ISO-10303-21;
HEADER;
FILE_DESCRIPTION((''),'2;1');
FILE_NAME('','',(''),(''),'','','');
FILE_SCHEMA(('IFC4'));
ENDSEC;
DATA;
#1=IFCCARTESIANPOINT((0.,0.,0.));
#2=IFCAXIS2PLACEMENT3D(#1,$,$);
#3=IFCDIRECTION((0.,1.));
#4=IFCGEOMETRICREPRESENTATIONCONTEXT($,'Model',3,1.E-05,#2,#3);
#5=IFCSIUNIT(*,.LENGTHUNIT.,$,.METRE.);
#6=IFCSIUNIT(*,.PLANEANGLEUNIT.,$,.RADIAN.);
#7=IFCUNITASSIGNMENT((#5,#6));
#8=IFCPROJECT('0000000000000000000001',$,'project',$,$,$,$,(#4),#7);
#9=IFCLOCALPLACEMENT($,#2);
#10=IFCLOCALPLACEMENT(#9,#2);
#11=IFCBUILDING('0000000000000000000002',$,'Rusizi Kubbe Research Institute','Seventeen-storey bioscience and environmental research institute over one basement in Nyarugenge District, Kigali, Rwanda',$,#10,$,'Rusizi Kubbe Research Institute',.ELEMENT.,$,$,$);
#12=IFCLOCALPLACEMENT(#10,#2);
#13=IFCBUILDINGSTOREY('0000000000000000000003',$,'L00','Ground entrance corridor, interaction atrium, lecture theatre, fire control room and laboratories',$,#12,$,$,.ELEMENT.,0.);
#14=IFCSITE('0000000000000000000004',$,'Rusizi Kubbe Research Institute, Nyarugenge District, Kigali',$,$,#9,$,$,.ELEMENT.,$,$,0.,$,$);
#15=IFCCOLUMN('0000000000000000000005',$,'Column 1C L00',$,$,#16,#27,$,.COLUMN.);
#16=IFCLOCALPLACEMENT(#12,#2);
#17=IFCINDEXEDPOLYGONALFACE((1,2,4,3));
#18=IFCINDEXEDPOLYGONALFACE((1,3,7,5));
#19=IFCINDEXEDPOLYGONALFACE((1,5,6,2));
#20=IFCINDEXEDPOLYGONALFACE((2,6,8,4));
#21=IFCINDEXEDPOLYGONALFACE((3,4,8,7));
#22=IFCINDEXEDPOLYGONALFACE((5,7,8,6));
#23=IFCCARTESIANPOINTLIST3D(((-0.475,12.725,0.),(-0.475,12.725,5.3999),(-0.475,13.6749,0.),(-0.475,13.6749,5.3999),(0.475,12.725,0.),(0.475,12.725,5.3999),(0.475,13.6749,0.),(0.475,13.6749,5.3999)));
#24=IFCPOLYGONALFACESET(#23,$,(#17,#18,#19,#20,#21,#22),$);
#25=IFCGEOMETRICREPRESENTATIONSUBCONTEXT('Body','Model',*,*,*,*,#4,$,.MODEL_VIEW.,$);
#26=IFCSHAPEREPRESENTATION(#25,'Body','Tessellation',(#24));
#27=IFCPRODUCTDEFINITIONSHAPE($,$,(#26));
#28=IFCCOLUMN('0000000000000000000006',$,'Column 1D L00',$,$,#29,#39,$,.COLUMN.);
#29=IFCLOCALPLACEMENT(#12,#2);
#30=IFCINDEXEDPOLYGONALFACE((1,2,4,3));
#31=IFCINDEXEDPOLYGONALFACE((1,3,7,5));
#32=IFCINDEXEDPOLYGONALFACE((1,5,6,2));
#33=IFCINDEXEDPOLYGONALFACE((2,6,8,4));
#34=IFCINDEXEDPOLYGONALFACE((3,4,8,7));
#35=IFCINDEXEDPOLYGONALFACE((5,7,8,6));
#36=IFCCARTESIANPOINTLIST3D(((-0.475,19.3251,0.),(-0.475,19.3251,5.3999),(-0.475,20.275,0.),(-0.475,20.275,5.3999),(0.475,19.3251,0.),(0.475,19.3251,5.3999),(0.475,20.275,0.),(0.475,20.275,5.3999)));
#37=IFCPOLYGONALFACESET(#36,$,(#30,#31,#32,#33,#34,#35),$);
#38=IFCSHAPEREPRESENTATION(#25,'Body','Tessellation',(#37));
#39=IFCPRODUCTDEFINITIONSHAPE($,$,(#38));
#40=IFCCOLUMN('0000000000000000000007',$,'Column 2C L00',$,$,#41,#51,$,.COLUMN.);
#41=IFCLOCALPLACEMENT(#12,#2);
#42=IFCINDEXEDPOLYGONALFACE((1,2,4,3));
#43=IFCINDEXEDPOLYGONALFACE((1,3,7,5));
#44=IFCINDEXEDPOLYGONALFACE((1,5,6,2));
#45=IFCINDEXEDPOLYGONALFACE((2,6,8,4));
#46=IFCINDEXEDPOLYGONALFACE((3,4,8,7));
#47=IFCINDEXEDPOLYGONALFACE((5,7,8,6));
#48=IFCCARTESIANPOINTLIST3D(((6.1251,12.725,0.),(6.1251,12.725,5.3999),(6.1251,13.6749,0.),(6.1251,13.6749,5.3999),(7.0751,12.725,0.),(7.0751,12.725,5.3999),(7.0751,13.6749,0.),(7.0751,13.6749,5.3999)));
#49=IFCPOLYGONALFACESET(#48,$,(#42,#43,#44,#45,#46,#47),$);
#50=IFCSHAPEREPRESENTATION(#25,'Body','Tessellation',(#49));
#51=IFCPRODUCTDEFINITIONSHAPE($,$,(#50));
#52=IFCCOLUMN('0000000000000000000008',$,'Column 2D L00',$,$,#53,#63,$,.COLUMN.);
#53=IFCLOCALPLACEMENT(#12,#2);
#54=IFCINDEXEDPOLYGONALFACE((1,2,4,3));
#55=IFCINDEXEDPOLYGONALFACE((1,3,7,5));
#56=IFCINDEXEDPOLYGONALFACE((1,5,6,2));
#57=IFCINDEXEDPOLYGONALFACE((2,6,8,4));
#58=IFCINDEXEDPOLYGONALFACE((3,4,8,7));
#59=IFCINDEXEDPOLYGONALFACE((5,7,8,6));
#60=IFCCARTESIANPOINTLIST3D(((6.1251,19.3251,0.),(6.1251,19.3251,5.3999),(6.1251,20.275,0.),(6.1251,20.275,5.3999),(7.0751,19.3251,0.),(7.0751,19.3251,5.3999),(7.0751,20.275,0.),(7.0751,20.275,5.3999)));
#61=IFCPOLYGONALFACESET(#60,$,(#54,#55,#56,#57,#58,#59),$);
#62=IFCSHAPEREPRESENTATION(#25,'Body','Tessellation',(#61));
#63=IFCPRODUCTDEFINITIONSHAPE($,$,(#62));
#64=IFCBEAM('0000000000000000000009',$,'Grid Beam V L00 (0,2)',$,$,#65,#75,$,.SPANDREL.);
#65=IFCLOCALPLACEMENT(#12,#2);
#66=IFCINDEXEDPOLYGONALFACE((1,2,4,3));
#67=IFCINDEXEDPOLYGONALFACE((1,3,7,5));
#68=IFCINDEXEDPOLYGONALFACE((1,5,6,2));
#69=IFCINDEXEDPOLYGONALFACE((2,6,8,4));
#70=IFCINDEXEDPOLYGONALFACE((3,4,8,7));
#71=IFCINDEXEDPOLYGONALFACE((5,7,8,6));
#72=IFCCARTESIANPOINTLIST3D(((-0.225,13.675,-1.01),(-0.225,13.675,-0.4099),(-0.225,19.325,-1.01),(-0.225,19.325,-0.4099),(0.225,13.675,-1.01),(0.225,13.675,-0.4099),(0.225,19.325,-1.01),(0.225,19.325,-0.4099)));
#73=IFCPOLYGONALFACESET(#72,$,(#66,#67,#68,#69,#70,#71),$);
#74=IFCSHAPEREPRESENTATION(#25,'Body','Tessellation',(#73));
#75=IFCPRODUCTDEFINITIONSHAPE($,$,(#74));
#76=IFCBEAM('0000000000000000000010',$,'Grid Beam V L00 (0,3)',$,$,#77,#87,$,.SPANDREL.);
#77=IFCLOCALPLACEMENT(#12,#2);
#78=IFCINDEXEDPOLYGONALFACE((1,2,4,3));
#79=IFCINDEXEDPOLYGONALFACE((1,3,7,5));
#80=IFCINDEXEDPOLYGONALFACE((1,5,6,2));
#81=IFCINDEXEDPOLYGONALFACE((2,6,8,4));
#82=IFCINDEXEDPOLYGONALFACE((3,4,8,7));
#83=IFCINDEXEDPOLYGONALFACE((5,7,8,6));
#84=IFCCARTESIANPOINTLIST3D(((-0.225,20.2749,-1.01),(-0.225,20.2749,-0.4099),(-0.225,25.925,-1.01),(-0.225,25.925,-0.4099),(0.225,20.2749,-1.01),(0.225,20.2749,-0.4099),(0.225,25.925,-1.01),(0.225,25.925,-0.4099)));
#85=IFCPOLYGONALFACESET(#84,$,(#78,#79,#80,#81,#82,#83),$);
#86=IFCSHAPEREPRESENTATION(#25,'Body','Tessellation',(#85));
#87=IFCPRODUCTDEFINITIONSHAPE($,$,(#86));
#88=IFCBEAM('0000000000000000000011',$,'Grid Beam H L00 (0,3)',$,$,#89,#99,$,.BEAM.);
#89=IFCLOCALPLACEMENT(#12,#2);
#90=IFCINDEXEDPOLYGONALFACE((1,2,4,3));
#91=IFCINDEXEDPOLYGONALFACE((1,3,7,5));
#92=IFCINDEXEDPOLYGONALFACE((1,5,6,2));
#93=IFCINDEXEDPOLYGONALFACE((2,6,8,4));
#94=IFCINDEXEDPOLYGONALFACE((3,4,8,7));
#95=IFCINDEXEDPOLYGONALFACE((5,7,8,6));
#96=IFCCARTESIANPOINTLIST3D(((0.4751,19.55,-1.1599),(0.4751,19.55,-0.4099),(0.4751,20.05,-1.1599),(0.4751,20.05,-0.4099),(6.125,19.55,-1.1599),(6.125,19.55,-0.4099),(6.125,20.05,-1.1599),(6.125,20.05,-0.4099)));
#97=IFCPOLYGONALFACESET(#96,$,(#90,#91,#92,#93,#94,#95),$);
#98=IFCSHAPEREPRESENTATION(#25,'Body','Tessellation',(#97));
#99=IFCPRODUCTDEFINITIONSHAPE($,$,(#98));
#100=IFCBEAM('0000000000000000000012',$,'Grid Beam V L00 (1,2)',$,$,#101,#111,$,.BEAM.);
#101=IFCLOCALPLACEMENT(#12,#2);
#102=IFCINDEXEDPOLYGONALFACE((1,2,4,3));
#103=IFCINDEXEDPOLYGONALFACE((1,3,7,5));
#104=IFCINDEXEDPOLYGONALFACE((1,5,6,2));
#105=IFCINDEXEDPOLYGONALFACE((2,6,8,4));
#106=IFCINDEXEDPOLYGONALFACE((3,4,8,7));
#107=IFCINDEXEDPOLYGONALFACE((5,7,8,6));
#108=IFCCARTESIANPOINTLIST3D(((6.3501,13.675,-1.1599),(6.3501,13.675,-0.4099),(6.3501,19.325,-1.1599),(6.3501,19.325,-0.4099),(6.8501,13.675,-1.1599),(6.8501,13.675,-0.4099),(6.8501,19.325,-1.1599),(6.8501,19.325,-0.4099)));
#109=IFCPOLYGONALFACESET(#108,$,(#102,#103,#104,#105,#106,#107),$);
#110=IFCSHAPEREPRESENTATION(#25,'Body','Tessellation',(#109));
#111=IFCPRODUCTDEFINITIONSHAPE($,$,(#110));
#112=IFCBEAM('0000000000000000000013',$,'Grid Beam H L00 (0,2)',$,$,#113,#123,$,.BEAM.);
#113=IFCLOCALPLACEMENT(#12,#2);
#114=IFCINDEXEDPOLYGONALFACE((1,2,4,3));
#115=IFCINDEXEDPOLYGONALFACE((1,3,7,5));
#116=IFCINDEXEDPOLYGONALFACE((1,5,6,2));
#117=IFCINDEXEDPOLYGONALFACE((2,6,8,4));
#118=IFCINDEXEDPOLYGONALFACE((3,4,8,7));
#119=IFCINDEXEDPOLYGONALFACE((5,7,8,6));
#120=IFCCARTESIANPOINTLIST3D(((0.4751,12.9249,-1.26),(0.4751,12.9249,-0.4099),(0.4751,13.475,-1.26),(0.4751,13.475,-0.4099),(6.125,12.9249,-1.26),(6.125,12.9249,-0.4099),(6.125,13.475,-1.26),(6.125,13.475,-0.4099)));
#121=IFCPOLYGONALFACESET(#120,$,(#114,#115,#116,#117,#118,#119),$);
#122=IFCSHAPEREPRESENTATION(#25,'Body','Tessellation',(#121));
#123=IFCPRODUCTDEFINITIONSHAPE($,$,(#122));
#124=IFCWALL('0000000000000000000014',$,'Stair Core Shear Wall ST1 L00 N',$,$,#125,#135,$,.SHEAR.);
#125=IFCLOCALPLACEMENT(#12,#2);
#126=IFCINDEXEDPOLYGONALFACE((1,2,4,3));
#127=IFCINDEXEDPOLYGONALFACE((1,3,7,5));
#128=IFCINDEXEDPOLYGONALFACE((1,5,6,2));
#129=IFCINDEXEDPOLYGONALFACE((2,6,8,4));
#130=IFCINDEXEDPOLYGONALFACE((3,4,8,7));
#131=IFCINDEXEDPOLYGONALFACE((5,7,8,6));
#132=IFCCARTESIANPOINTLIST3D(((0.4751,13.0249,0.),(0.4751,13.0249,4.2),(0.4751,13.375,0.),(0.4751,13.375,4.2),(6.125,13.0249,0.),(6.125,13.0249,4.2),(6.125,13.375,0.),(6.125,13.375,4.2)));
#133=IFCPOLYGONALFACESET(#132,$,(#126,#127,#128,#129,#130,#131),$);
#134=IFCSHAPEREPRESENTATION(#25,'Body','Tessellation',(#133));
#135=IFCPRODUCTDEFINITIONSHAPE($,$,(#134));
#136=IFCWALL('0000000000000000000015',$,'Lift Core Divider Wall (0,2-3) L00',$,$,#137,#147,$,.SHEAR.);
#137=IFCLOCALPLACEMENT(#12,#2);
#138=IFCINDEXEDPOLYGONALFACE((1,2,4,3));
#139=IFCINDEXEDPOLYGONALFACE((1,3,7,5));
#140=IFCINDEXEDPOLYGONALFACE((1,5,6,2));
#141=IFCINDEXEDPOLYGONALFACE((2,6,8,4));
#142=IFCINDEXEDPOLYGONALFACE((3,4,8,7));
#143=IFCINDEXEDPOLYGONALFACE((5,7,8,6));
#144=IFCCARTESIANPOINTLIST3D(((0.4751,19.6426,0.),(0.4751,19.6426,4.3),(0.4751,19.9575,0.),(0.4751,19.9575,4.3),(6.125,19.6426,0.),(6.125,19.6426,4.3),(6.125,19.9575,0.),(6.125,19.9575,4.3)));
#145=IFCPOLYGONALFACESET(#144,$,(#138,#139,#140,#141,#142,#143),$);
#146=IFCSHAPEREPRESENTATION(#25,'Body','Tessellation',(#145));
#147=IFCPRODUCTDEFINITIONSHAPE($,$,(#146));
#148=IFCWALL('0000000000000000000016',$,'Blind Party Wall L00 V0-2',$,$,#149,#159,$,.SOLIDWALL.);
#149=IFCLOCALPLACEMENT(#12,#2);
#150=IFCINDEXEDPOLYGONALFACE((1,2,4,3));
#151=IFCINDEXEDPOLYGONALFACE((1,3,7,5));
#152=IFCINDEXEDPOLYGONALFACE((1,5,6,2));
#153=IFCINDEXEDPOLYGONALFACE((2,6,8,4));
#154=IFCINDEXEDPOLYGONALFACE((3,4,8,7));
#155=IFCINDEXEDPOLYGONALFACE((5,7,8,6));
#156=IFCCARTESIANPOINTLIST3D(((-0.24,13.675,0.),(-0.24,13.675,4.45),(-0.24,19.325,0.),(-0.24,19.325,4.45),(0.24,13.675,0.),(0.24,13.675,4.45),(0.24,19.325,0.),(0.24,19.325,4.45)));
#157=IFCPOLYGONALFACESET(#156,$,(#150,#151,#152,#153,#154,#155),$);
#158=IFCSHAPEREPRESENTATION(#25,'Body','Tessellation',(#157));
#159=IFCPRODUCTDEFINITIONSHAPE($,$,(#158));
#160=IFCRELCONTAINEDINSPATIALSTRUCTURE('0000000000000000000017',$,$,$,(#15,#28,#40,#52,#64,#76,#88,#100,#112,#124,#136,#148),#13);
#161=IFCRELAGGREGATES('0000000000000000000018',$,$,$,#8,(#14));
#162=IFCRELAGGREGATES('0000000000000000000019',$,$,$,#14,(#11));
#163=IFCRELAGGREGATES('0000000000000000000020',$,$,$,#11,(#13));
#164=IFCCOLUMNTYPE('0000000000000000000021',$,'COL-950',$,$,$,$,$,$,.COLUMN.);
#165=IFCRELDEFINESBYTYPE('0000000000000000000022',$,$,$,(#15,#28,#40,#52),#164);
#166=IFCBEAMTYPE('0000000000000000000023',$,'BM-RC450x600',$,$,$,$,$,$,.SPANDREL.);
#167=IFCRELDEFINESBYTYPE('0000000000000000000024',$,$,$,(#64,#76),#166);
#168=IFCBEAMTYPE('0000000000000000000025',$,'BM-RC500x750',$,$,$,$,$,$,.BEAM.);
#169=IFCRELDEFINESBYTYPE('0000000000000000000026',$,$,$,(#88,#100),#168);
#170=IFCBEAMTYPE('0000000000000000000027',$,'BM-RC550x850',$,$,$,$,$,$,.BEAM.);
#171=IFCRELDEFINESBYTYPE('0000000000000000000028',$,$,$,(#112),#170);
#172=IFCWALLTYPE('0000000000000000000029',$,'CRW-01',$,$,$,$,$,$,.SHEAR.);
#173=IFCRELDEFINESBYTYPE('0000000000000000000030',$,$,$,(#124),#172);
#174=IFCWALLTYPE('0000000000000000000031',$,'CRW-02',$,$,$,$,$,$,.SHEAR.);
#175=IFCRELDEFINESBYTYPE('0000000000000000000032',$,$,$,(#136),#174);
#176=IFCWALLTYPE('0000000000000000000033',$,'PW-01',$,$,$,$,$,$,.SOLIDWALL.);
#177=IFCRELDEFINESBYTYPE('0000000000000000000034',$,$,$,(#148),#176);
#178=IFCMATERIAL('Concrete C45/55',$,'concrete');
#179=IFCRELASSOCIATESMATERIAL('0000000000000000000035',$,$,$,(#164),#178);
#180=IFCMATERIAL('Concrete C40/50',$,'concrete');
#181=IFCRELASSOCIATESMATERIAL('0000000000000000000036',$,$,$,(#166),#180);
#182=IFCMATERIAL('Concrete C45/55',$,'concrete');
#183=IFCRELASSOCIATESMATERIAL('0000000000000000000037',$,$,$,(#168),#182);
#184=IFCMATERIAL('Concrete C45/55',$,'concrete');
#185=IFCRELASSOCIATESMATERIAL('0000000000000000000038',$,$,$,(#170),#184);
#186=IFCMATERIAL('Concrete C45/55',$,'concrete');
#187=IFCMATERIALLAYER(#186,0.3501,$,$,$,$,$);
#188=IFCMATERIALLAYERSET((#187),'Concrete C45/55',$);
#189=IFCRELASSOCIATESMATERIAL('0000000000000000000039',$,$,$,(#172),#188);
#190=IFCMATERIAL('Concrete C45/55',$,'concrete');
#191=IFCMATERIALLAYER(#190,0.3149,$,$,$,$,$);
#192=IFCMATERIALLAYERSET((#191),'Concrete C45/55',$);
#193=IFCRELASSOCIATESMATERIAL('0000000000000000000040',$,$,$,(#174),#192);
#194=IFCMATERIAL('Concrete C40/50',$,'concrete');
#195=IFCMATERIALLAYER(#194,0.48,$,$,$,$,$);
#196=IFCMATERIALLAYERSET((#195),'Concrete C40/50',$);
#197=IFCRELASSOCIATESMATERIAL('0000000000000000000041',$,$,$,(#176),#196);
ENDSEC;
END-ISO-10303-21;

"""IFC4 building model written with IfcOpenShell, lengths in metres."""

from ifc_helpers import new_model, si_unit, direction, frame, frame_2d, origin, origin_2d, place, context, subcontext, project, spatial, rectangle, extrude, material, layer, layer_set, material_profile, profile_set, type_object, element, save


model = new_model("IFC4")

# Units and contexts
model_context = context("Model", 3, precision=1e-05, world=origin(), true_north=direction((0.0, 1.0)))
body_context = subcontext(model_context, "Body", "Model", "MODEL_VIEW")
ifc_project = project(units=[si_unit("LENGTHUNIT", "METRE"), si_unit("PLANEANGLEUNIT", "RADIAN")], contexts=[model_context])

# Site, building, storey
site_placement = place(None, origin())
site = spatial("IfcSite", under=ifc_project, at=site_placement, Name="Rusizi Kubbe Research Institute, Nyarugenge District, Kigali", CompositionType="ELEMENT", RefElevation=0.0)
building_placement = place(site_placement, origin())
building = spatial("IfcBuilding", under=site, at=building_placement, Name="Rusizi Kubbe Research Institute", Description="Seventeen-storey bioscience and environmental research institute over one basement in Nyarugenge District, Kigali, Rwanda", LongName="Rusizi Kubbe Research Institute", CompositionType="ELEMENT")
storey_placement = place(building_placement, origin())
storey = spatial("IfcBuildingStorey", under=building, at=storey_placement, Name="L00", Description="Ground entrance corridor, interaction atrium, lecture theatre, fire control room and laboratories", CompositionType="ELEMENT", Elevation=0.0)

# Columns
ifc_material_1 = material(Name="Concrete C45/55", Category="concrete")
ifc_material_profile_1 = material_profile(ifc_material_1, rectangle(XDim=0.95, YDim=0.95, at=origin_2d()), Name="RC950x950")
ifc_profile_set_1 = profile_set([ifc_material_profile_1], Name="Concrete C45/55")
column_type = type_object("IfcColumnType", Name="COL-950", PredefinedType="COLUMN", material=ifc_profile_set_1)
for number, where, z_axis, x_axis, name in (
    (1, (0.0, 13.2, 0.0), (0.0, 0.0, 1.0), (1.0, 0.0, 0.0), "Column 1C L00"),
    (2, (0.0, 19.8, 0.0), (0.0, 0.0, 1.0), (1.0, 0.0, 0.0), "Column 1D L00"),
    (3, (6.6001, 13.2, 0.0), (0.0, 0.0, 1.0), (1.0, 0.0, 0.0), "Column 2C L00"),
    (4, (6.6001, 19.8, 0.0), (0.0, 0.0, 1.0), (1.0, 0.0, 0.0), "Column 2D L00"),
):
    element("IfcColumn", number, at=place(storey_placement, frame(where, z_axis=z_axis, x_axis=x_axis)), inside=storey, type_object=column_type, Name=name, PredefinedType="COLUMN", context=body_context, shape_type="SweptSolid", body=[
        extrude(rectangle(XDim=0.95, YDim=0.95, at=origin_2d()), origin(), (0.0, 0.0, 1.0), 5.3999),
    ])

# Beams
ifc_material_2 = material(Name="Concrete C40/50", Category="concrete")
ifc_material_profile_2 = material_profile(ifc_material_2, rectangle(XDim=0.45, YDim=0.6001, at=origin_2d()), Name="RC450x600")
ifc_profile_set_2 = profile_set([ifc_material_profile_2], Name="Concrete C40/50")
beam_type_1 = type_object("IfcBeamType", Name="BM-RC450x600", PredefinedType="SPANDREL", material=ifc_profile_set_2)
beam_1_placement = place(storey_placement, frame((0.0, 13.675, -0.71), z_axis=(0.0, 1.0, 0.0), x_axis=(-1.0, 0.0, 0.0)))
element("IfcBeam", 5, at=beam_1_placement, inside=storey, type_object=beam_type_1, Name="Grid Beam V L00 (0,2)", PredefinedType="SPANDREL", context=body_context, shape_type="SweptSolid", body=[
    extrude(rectangle(XDim=0.45, YDim=0.6001, at=origin_2d()), origin(), (0.0, 0.0, 1.0), 5.6499),
])
beam_2_placement = place(storey_placement, frame((0.0, 20.2749, -0.71), z_axis=(0.0, 1.0, 0.0), x_axis=(-1.0, 0.0, 0.0)))
element("IfcBeam", 6, at=beam_2_placement, inside=storey, type_object=beam_type_1, Name="Grid Beam V L00 (0,3)", PredefinedType="SPANDREL", context=body_context, shape_type="SweptSolid", body=[
    extrude(rectangle(XDim=0.45, YDim=0.6001, at=origin_2d()), origin(), (0.0, 0.0, 1.0), 5.6501),
])
ifc_material_3 = material(Name="Concrete C45/55", Category="concrete")
ifc_material_profile_3 = material_profile(ifc_material_3, rectangle(XDim=0.5, YDim=0.75, at=origin_2d()), Name="RC500x750B")
ifc_profile_set_3 = profile_set([ifc_material_profile_3], Name="Concrete C45/55")
beam_type_2 = type_object("IfcBeamType", Name="BM-RC500x750", PredefinedType="BEAM", material=ifc_profile_set_3)
for number, where, z_axis, x_axis, name in (
    (7, (0.4751, 19.8, -0.7849), (1.0, 0.0, 0.0), (0.0, 1.0, 0.0), "Grid Beam H L00 (0,3)"),
    (8, (6.6001, 13.675, -0.7849), (0.0, 1.0, 0.0), (-1.0, 0.0, 0.0), "Grid Beam V L00 (1,2)"),
):
    element("IfcBeam", number, at=place(storey_placement, frame(where, z_axis=z_axis, x_axis=x_axis)), inside=storey, type_object=beam_type_2, Name=name, PredefinedType="BEAM", context=body_context, shape_type="SweptSolid", body=[
        extrude(rectangle(XDim=0.5, YDim=0.75, at=origin_2d()), origin(), (0.0, 0.0, 1.0), 5.6499),
    ])
ifc_material_4 = material(Name="Concrete C45/55", Category="concrete")
ifc_material_profile_4 = material_profile(ifc_material_4, rectangle(XDim=0.55, YDim=0.8501, at=origin_2d()), Name="RC550x850")
ifc_profile_set_4 = profile_set([ifc_material_profile_4], Name="Concrete C45/55")
beam_type_3 = type_object("IfcBeamType", Name="BM-RC550x850", PredefinedType="BEAM", material=ifc_profile_set_4)
beam_3_placement = place(storey_placement, frame((0.4751, 13.2, -0.835), z_axis=(1.0, 0.0, 0.0), x_axis=(0.0, 1.0, 0.0)))
element("IfcBeam", 9, at=beam_3_placement, inside=storey, type_object=beam_type_3, Name="Grid Beam H L00 (0,2)", PredefinedType="BEAM", context=body_context, shape_type="SweptSolid", body=[
    extrude(rectangle(XDim=0.55, YDim=0.8501, at=origin_2d()), origin(), (0.0, 0.0, 1.0), 5.6499),
])

# Walls
ifc_material_5 = material(Name="Concrete C45/55", Category="concrete")
ifc_layer_1 = layer(ifc_material_5, 0.3501)
ifc_layer_set_1 = layer_set([ifc_layer_1], Name="Concrete C45/55")
wall_type_1 = type_object("IfcWallType", Name="CRW-01", PredefinedType="SHEAR", material=ifc_layer_set_1)
wall_1_placement = place(storey_placement, frame((0.4751, 13.2, 0.0), z_axis=(0.0, 0.0, 1.0), x_axis=(1.0, 0.0, 0.0)))
element("IfcWall", 10, at=wall_1_placement, inside=storey, type_object=wall_type_1, Name="Stair Core Shear Wall ST1 L00 N", PredefinedType="SHEAR", context=body_context, shape_type="SweptSolid", body=[
    extrude(rectangle(XDim=5.6499, YDim=0.3501, at=frame_2d((2.825, 0.0))), origin(), (0.0, 0.0, 1.0), 4.2),
])
ifc_material_6 = material(Name="Concrete C45/55", Category="concrete")
ifc_layer_2 = layer(ifc_material_6, 0.3149)
ifc_layer_set_2 = layer_set([ifc_layer_2], Name="Concrete C45/55")
wall_type_2 = type_object("IfcWallType", Name="CRW-02", PredefinedType="SHEAR", material=ifc_layer_set_2)
wall_2_placement = place(storey_placement, frame((0.4751, 19.8, 0.0), z_axis=(0.0, 0.0, 1.0), x_axis=(1.0, 0.0, 0.0)))
element("IfcWall", 11, at=wall_2_placement, inside=storey, type_object=wall_type_2, Name="Lift Core Divider Wall (0,2-3) L00", PredefinedType="SHEAR", context=body_context, shape_type="SweptSolid", body=[
    extrude(rectangle(XDim=5.6499, YDim=0.3149, at=frame_2d((2.825, 0.0))), origin(), (0.0, 0.0, 1.0), 4.3),
])

# Wall
ifc_material_7 = material(Name="Concrete C40/50", Category="concrete")
ifc_layer_3 = layer(ifc_material_7, 0.48)
ifc_layer_set_3 = layer_set([ifc_layer_3], Name="Concrete C40/50")
wall_type_3 = type_object("IfcWallType", Name="PW-01", PredefinedType="SOLIDWALL", material=ifc_layer_set_3)
wall_3_placement = place(storey_placement, frame((0.0, 13.675, 0.0), z_axis=(0.0, 0.0, 1.0), x_axis=(0.0, 1.0, 0.0)))
element("IfcWall", 12, at=wall_3_placement, inside=storey, type_object=wall_type_3, Name="Blind Party Wall L00 V0-2", PredefinedType="SOLIDWALL", context=body_context, shape_type="SweptSolid", body=[
    extrude(rectangle(XDim=5.6499, YDim=0.48, at=frame_2d((2.825, 0.0))), origin(), (0.0, 0.0, 1.0), 4.45),
])

save(model, "model.ifc")
